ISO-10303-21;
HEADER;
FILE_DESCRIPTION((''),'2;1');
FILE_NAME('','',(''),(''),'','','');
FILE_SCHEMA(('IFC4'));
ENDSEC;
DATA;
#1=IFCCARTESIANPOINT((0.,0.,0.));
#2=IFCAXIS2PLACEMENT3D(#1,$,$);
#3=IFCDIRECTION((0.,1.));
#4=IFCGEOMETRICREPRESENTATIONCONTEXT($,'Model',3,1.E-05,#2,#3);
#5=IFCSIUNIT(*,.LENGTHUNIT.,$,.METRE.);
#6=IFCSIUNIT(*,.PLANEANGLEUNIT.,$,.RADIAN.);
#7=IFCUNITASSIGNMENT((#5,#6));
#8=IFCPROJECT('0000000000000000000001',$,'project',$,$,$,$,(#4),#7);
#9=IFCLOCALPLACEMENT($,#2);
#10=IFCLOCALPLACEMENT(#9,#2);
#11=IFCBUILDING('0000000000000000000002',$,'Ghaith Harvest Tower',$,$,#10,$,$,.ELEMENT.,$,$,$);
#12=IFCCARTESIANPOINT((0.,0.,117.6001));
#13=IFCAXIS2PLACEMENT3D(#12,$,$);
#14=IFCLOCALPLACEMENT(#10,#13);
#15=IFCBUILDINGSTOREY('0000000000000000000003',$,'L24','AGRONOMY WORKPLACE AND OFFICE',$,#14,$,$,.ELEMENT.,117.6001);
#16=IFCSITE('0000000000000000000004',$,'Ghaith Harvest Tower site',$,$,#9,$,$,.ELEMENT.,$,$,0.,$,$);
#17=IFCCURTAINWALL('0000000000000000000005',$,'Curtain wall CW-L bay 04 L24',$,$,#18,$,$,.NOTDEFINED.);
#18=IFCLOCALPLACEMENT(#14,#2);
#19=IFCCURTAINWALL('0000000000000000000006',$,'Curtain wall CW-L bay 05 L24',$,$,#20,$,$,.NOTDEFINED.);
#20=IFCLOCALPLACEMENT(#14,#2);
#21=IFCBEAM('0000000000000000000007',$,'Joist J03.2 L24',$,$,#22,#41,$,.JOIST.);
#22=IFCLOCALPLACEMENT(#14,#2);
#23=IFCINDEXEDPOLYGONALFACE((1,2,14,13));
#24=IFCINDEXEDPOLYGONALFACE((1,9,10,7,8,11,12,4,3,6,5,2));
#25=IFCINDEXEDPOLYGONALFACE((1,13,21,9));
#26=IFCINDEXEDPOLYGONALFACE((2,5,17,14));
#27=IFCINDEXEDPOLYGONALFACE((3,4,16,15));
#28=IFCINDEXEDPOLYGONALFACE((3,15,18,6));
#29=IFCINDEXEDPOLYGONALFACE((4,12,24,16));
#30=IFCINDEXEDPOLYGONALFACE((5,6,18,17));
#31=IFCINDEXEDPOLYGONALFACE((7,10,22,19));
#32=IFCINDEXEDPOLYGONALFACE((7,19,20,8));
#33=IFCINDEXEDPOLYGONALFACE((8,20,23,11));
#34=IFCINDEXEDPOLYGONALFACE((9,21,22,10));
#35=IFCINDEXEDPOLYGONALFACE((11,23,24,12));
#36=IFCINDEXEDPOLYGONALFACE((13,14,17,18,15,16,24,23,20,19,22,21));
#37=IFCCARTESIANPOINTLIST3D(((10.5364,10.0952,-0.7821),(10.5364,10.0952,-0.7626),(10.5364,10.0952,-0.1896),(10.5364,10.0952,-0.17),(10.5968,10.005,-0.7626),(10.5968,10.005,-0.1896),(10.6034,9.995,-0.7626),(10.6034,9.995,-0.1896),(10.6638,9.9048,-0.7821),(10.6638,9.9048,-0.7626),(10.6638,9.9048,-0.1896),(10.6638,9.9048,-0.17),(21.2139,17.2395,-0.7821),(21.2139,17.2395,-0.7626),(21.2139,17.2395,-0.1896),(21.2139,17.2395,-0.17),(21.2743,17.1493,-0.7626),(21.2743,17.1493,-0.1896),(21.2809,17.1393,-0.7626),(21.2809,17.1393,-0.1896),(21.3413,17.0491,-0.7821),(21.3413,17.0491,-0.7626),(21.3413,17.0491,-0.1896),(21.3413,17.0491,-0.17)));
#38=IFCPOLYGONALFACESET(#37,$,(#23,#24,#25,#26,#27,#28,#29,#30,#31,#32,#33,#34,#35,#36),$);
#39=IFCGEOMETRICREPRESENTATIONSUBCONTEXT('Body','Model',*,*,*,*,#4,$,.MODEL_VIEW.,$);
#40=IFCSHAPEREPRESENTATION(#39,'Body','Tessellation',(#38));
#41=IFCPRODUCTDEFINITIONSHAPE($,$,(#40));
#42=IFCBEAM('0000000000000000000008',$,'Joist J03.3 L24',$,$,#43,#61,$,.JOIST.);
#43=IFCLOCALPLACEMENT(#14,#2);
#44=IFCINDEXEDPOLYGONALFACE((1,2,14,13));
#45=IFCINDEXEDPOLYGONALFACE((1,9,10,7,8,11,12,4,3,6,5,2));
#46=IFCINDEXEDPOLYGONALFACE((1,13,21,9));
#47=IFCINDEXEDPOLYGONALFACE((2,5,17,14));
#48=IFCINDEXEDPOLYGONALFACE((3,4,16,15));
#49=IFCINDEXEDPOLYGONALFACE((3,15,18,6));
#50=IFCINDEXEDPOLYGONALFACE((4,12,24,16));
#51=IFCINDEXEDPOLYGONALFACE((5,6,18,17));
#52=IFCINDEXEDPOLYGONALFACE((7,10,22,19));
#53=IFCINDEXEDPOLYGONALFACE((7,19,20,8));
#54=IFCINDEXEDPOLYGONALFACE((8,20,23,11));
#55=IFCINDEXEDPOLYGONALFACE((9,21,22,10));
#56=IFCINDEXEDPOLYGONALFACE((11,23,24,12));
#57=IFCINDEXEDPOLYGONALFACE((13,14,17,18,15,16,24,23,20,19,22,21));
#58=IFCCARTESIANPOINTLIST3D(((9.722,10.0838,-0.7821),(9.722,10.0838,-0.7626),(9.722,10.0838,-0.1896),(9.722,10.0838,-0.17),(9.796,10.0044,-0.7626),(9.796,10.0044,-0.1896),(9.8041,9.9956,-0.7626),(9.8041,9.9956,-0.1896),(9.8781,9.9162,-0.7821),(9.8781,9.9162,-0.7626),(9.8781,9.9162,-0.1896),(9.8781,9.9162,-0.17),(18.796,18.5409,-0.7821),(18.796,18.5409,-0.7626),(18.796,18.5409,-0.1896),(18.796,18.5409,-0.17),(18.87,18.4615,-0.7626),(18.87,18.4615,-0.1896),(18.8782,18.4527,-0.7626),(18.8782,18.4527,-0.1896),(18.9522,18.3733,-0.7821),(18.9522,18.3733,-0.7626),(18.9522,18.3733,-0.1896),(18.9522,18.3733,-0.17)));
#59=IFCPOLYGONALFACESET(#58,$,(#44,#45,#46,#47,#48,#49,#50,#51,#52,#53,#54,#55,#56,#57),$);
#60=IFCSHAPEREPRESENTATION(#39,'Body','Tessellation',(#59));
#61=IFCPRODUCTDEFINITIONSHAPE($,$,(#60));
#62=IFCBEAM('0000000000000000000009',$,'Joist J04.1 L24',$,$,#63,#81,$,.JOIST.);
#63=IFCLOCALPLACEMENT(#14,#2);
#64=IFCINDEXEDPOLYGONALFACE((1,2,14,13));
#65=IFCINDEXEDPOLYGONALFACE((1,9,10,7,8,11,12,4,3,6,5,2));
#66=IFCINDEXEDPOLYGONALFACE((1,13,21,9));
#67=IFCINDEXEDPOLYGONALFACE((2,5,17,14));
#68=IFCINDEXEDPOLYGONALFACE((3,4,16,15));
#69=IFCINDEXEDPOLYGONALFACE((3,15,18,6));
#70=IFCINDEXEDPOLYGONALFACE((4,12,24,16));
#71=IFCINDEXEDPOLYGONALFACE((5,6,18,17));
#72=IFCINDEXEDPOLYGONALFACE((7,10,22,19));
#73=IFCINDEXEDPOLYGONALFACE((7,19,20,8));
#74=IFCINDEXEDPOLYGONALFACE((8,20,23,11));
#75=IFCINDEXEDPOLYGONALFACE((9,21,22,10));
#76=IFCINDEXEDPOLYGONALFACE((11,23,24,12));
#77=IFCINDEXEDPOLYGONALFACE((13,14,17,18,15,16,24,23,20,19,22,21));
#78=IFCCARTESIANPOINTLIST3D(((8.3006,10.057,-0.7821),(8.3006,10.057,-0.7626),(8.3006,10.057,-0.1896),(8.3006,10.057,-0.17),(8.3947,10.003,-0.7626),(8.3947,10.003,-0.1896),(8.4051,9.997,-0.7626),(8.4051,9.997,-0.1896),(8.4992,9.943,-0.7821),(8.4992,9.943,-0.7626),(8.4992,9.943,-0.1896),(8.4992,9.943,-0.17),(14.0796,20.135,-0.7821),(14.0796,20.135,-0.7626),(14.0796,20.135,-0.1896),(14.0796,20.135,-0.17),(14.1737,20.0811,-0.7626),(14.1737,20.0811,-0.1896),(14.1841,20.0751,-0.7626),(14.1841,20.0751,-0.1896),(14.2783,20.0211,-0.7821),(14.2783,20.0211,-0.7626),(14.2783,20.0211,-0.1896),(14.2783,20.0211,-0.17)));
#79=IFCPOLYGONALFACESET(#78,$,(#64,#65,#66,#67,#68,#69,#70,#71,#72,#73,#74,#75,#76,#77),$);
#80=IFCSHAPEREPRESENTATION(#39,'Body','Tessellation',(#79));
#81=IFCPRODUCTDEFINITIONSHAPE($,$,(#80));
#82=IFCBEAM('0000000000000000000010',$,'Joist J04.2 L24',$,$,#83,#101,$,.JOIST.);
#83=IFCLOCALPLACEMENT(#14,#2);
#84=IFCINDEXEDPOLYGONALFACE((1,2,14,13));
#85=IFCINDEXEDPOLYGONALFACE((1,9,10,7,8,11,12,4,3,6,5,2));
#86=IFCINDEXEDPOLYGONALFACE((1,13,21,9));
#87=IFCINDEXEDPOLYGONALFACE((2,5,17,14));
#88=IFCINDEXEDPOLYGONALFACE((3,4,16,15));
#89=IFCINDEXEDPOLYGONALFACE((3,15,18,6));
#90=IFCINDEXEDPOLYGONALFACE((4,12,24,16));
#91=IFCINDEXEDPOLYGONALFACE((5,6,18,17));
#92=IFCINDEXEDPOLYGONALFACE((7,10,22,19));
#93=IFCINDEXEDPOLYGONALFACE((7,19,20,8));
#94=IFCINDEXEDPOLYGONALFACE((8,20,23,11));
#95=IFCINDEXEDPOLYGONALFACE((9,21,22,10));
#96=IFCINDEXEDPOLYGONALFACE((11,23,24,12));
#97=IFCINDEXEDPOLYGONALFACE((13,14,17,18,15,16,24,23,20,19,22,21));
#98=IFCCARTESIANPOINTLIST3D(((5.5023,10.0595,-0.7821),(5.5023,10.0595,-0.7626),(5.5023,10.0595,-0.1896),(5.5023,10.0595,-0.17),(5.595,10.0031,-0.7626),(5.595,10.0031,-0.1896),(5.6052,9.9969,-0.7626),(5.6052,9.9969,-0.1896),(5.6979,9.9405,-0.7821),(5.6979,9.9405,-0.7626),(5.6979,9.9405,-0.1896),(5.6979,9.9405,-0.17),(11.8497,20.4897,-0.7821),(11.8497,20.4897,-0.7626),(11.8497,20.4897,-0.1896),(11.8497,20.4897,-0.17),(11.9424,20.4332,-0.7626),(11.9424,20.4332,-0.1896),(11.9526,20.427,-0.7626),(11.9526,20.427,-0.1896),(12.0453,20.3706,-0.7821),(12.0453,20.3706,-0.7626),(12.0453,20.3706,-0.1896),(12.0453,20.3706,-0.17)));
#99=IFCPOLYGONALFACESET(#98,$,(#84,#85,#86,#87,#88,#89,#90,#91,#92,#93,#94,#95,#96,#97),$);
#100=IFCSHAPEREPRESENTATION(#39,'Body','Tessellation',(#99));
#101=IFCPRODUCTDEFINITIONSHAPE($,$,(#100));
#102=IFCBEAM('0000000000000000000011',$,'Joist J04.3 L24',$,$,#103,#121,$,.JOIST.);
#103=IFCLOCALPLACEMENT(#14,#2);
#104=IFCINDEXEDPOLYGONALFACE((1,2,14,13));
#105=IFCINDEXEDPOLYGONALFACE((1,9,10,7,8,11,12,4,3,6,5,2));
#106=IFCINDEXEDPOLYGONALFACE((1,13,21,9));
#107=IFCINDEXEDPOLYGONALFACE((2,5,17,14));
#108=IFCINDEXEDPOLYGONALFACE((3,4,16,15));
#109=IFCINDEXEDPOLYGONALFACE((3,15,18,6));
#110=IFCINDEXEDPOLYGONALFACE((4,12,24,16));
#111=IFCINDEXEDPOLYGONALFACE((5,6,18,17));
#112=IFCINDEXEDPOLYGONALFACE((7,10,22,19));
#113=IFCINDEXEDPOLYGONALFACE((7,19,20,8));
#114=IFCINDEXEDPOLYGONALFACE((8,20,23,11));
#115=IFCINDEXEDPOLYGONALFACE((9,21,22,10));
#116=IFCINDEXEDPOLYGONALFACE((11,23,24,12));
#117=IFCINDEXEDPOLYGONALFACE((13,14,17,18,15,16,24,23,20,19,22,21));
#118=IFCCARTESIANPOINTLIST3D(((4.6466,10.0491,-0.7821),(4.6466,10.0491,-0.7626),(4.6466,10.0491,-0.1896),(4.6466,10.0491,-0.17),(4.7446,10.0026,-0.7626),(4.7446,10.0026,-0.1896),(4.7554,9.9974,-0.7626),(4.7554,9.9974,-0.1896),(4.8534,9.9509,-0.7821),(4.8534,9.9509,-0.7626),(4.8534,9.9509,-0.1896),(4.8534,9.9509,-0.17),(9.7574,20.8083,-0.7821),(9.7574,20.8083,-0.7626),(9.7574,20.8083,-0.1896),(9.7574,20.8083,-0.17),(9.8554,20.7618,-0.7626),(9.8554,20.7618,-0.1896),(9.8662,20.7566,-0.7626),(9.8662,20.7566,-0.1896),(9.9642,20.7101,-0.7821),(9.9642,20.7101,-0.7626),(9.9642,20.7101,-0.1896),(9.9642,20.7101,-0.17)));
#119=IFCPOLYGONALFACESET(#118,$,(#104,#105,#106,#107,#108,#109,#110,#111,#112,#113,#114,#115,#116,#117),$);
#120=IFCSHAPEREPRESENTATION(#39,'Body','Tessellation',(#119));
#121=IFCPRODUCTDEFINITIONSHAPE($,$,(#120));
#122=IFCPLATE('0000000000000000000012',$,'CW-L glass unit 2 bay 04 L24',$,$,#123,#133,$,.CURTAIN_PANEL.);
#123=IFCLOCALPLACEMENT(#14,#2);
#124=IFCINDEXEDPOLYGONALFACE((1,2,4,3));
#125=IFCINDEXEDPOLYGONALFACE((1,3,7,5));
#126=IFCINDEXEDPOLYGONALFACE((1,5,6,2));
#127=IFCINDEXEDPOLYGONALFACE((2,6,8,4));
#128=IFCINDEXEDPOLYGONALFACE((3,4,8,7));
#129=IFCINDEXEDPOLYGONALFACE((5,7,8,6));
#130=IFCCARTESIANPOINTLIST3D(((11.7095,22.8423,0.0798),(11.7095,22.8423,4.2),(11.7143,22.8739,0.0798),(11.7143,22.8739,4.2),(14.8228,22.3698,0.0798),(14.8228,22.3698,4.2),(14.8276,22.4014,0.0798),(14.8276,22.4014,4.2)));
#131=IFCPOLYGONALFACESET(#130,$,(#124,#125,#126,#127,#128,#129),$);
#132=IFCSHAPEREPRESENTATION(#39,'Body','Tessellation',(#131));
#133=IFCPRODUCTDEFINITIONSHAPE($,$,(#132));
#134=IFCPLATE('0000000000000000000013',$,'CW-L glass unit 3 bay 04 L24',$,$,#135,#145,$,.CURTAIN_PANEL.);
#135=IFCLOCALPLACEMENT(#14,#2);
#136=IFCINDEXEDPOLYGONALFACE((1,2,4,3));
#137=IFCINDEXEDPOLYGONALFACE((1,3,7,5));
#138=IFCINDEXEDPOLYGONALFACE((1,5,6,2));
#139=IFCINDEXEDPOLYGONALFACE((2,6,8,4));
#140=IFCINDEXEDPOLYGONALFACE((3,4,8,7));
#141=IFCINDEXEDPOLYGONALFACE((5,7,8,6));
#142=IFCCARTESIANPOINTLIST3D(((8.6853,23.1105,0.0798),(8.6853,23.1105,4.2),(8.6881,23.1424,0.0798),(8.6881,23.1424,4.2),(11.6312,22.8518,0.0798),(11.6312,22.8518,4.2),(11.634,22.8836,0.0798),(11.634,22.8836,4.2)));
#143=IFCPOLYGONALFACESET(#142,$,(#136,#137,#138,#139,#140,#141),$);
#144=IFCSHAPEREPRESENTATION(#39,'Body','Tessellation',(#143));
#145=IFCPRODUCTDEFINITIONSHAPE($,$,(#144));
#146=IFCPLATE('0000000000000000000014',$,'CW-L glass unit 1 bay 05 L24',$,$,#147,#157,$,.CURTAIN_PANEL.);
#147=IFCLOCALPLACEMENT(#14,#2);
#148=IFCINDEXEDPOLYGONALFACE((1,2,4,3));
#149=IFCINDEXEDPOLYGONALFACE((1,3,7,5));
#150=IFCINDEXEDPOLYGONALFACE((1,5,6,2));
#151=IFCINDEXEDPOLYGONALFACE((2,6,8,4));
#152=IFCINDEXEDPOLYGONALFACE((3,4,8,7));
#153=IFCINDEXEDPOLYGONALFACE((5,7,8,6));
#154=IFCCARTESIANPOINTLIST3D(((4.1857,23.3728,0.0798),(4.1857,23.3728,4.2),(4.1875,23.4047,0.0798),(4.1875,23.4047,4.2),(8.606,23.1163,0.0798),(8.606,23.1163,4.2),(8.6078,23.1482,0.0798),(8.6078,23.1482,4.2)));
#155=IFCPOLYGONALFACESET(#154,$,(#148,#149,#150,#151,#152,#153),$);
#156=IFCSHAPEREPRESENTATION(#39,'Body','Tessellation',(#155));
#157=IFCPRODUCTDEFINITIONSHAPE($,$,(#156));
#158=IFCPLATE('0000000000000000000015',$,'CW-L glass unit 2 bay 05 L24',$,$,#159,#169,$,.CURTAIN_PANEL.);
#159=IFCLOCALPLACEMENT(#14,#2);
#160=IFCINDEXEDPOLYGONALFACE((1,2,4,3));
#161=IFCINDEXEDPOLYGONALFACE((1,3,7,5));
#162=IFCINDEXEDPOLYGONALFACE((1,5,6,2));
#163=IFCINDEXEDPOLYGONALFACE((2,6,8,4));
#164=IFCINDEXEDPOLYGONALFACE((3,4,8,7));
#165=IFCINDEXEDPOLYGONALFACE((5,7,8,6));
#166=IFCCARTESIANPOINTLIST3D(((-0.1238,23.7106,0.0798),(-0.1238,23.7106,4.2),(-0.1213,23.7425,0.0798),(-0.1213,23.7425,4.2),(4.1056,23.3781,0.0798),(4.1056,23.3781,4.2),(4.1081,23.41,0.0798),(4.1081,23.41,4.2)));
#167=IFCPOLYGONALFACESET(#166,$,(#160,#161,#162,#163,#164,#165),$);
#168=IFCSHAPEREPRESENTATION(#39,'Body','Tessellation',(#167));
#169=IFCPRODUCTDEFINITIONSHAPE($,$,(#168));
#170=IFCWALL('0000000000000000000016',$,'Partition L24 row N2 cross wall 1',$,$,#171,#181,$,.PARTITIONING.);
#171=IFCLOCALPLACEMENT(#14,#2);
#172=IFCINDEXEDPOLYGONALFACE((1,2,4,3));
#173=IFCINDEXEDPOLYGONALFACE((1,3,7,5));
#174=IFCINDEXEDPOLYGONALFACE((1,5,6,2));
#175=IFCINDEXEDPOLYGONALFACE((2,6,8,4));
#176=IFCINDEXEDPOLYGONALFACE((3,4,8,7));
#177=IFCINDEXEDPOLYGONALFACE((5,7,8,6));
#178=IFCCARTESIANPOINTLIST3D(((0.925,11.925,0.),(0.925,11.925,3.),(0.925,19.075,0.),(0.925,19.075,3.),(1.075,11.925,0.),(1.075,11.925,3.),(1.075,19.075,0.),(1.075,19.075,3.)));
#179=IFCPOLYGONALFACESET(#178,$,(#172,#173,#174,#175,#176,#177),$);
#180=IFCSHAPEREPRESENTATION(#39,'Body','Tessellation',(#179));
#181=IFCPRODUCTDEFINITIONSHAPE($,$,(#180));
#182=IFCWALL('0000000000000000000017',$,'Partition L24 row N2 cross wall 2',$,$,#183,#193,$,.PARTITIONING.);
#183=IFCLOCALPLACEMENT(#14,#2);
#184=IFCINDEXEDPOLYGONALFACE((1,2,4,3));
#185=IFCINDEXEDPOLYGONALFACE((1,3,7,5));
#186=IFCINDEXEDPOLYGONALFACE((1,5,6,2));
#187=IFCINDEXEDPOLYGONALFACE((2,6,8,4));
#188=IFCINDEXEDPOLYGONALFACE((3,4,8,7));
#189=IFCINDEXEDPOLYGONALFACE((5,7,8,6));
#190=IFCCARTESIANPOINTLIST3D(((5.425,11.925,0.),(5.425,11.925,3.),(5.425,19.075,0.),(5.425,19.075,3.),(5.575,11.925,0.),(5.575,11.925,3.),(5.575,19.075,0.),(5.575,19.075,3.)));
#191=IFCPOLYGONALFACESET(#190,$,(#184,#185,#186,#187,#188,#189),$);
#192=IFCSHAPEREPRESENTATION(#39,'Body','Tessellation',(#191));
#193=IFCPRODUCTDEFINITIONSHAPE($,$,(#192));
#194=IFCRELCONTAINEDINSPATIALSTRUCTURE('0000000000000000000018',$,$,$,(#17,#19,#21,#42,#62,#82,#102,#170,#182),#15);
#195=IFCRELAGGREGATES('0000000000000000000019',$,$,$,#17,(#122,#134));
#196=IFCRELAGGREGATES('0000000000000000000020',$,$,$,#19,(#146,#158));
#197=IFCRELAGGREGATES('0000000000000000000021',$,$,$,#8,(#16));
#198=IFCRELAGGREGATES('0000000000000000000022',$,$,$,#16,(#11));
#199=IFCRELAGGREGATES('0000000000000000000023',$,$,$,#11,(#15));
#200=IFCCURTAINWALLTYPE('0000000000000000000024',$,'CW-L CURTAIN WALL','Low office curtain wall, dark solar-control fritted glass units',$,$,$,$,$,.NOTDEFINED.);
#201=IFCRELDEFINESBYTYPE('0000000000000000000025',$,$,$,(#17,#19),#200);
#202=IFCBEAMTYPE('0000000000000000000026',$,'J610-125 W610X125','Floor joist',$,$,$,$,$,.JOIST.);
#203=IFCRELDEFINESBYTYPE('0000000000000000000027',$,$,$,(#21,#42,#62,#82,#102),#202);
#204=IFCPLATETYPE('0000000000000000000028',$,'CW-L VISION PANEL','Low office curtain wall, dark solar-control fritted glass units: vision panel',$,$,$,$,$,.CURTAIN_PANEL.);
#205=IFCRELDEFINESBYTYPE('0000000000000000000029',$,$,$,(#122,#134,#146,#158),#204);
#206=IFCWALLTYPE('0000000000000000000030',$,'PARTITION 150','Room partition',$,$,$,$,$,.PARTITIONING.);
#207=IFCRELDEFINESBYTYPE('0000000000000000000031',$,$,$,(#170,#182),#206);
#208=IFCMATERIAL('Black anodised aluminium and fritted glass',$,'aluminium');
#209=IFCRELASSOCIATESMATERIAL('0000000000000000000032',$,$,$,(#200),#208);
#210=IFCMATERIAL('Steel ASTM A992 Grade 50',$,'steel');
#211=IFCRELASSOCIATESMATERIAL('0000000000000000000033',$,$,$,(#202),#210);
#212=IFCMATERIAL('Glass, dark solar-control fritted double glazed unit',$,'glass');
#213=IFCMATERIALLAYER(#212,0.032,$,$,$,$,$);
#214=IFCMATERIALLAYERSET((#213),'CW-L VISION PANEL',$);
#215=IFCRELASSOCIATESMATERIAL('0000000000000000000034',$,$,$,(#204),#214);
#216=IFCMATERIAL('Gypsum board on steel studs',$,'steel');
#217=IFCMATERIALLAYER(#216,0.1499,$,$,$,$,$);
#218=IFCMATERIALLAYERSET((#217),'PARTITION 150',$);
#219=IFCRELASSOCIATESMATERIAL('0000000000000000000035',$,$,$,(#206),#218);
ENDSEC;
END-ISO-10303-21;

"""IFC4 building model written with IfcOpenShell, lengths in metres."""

from ifc_helpers import new_model, si_unit, direction, frame, frame_2d, origin, origin_2d, place, context, subcontext, project, spatial, rectangle, i_section, extrude, material, layer, layer_set, material_profile, profile_set, type_object, element, aggregate, save


model = new_model("IFC4")

# Units and contexts
model_context = context("Model", 3, precision=1e-05, world=origin(), true_north=direction((0.0, 1.0)))
body_context = subcontext(model_context, "Body", "Model", "MODEL_VIEW")
ifc_project = project(units=[si_unit("LENGTHUNIT", "METRE"), si_unit("PLANEANGLEUNIT", "RADIAN")], contexts=[model_context])

# Site, building, storey
site_placement = place(None, origin())
site = spatial("IfcSite", under=ifc_project, at=site_placement, Name="Ghaith Harvest Tower site", CompositionType="ELEMENT", RefElevation=0.0)
building_placement = place(site_placement, origin())
building = spatial("IfcBuilding", under=site, at=building_placement, Name="Ghaith Harvest Tower", CompositionType="ELEMENT")
storey_placement = place(building_placement, frame((0.0, 0.0, 117.6001)))
storey = spatial("IfcBuildingStorey", under=building, at=storey_placement, Name="L24", Description="AGRONOMY WORKPLACE AND OFFICE", CompositionType="ELEMENT", Elevation=117.6001)

# Curtain wall
ifc_material_1 = material(Name="Black anodised aluminium and fritted glass", Category="aluminium")
curtain_wall_type = type_object("IfcCurtainWallType", Name="CW-L CURTAIN WALL", Description="Low office curtain wall, dark solar-control fritted glass units", PredefinedType="NOTDEFINED", material=ifc_material_1)
curtain_wall_1_placement = place(storey_placement, origin())
curtain_wall_1 = element("IfcCurtainWall", 1, at=curtain_wall_1_placement, inside=storey, type_object=curtain_wall_type, Name="Curtain wall CW-L bay 04 L24", PredefinedType="NOTDEFINED")

# Curtain wall
curtain_wall_2_placement = place(storey_placement, origin())
curtain_wall_2 = element("IfcCurtainWall", 2, at=curtain_wall_2_placement, inside=storey, type_object=curtain_wall_type, Name="Curtain wall CW-L bay 05 L24", PredefinedType="NOTDEFINED")

# Beams
ifc_material_2 = material(Name="Steel ASTM A992 Grade 50", Category="steel")
ifc_material_profile_1 = material_profile(ifc_material_2, i_section(OverallWidth=0.229, OverallDepth=0.6121, WebThickness=0.012, FlangeThickness=0.0195, at=origin_2d()), Name="W610X125")
ifc_profile_set_1 = profile_set([ifc_material_profile_1], Name="Steel ASTM A992 Grade 50")
beam_type_1 = type_object("IfcBeamType", Name="J610-125 W610X125", Description="Floor joist", PredefinedType="JOIST", material=ifc_profile_set_1)
beam_1_placement = place(storey_placement, frame((10.6001, 10.0, -0.4761), z_axis=(0.831116, 0.556098, 0.0), x_axis=(-0.556098, 0.831116, 0.0)))
element("IfcBeam", 3, at=beam_1_placement, inside=storey, type_object=beam_type_1, Name="Joist J03.2 L24", PredefinedType="JOIST", context=body_context, shape_type="SweptSolid", body=[
    extrude(i_section(OverallWidth=0.229, OverallDepth=0.6121, WebThickness=0.012, FlangeThickness=0.0195, at=origin_2d()), origin(), (0.0, 0.0, 1.0), 12.8472),
])
beam_2_placement = place(storey_placement, frame((9.8, 10.0, -0.4761), z_axis=(0.731538, 0.681801, 0.0), x_axis=(-0.681801, 0.731538, 0.0)))
element("IfcBeam", 4, at=beam_2_placement, inside=storey, type_object=beam_type_1, Name="Joist J03.3 L24", PredefinedType="JOIST", context=body_context, shape_type="SweptSolid", body=[
    extrude(i_section(OverallWidth=0.229, OverallDepth=0.6121, WebThickness=0.012, FlangeThickness=0.0195, at=origin_2d()), origin(), (0.0, 0.0, 1.0), 12.4041),
])
beam_3_placement = place(storey_placement, frame((8.3999, 10.0, -0.4761), z_axis=(0.497444, 0.867496, 0.0), x_axis=(-0.867496, 0.497444, 0.0)))
element("IfcBeam", 5, at=beam_3_placement, inside=storey, type_object=beam_type_1, Name="Joist J04.1 L24", PredefinedType="JOIST", context=body_context, shape_type="SweptSolid", body=[
    extrude(i_section(OverallWidth=0.229, OverallDepth=0.6121, WebThickness=0.012, FlangeThickness=0.0195, at=origin_2d()), origin(), (0.0, 0.0, 1.0), 11.6174),
])
beam_4_placement = place(storey_placement, frame((5.6001, 10.0, -0.4761), z_axis=(0.519864, 0.854249, 0.0), x_axis=(-0.854249, 0.519864, 0.0)))
element("IfcBeam", 6, at=beam_4_placement, inside=storey, type_object=beam_type_1, Name="Joist J04.2 L24", PredefinedType="JOIST", context=body_context, shape_type="SweptSolid", body=[
    extrude(i_section(OverallWidth=0.229, OverallDepth=0.6121, WebThickness=0.012, FlangeThickness=0.0195, at=origin_2d()), origin(), (0.0, 0.0, 1.0), 12.2097),
])
beam_5_placement = place(storey_placement, frame((4.75, 10.0, -0.4761), z_axis=(0.429069, 0.903272, 0.0), x_axis=(-0.903272, 0.429069, 0.0)))
element("IfcBeam", 7, at=beam_5_placement, inside=storey, type_object=beam_type_1, Name="Joist J04.3 L24", PredefinedType="JOIST", context=body_context, shape_type="SweptSolid", body=[
    extrude(i_section(OverallWidth=0.229, OverallDepth=0.6121, WebThickness=0.012, FlangeThickness=0.0195, at=origin_2d()), origin(), (0.0, 0.0, 1.0), 11.9114),
])

# Plates
ifc_material_3 = material(Name="Glass, dark solar-control fritted double glazed unit", Category="glass")
ifc_layer_1 = layer(ifc_material_3, 0.032)
ifc_layer_set_1 = layer_set([ifc_layer_1], Name="CW-L VISION PANEL")
plate_type = type_object("IfcPlateType", Name="CW-L VISION PANEL", Description="Low office curtain wall, dark solar-control fritted glass units: vision panel", PredefinedType="CURTAIN_PANEL", material=ifc_layer_set_1)
plate_1_placement = place(storey_placement, frame((13.2686, 22.6218, 0.0798), z_axis=(0.0, 0.0, 1.0), x_axis=(-0.988679, 0.150048, 0.0)))
plate_1 = element("IfcPlate", 8, at=plate_1_placement, type_object=plate_type, Name="CW-L glass unit 2 bay 04 L24", PredefinedType="CURTAIN_PANEL", context=body_context, shape_type="SweptSolid", body=[
    extrude(rectangle(XDim=3.1489, YDim=0.032, at=origin_2d()), origin(), (0.0, 0.0, 1.0), 4.1201),
])
plate_2_placement = place(storey_placement, frame((10.1597, 22.9971, 0.0798), z_axis=(0.0, 0.0, 1.0), x_axis=(-0.996166, 0.087481, 0.0)))
plate_2 = element("IfcPlate", 9, at=plate_2_placement, type_object=plate_type, Name="CW-L glass unit 3 bay 04 L24", PredefinedType="CURTAIN_PANEL", context=body_context, shape_type="SweptSolid", body=[
    extrude(rectangle(XDim=2.9573, YDim=0.032, at=origin_2d()), origin(), (0.0, 0.0, 1.0), 4.1201),
])
aggregate(curtain_wall_1, [plate_1, plate_2])
plate_3_placement = place(storey_placement, frame((6.3967, 23.2605, 0.0798), z_axis=(0.0, 0.0, 1.0), x_axis=(-0.998321, 0.057927, 0.0)))
plate_3 = element("IfcPlate", 10, at=plate_3_placement, type_object=plate_type, Name="CW-L glass unit 1 bay 05 L24", PredefinedType="CURTAIN_PANEL", context=body_context, shape_type="SweptSolid", body=[
    extrude(rectangle(XDim=4.4277, YDim=0.032, at=origin_2d()), origin(), (0.0, 0.0, 1.0), 4.1201),
])
plate_4_placement = place(storey_placement, frame((1.9922, 23.5603, 0.0798), z_axis=(0.0, 0.0, 1.0), x_axis=(-0.996925, 0.07836, 0.0)))
plate_4 = element("IfcPlate", 11, at=plate_4_placement, type_object=plate_type, Name="CW-L glass unit 2 bay 05 L24", PredefinedType="CURTAIN_PANEL", context=body_context, shape_type="SweptSolid", body=[
    extrude(rectangle(XDim=4.2424, YDim=0.032, at=origin_2d()), origin(), (0.0, 0.0, 1.0), 4.1201),
])
aggregate(curtain_wall_2, [plate_3, plate_4])

# Walls
ifc_material_4 = material(Name="Gypsum board on steel studs", Category="steel")
ifc_layer_2 = layer(ifc_material_4, 0.1499)
ifc_layer_set_2 = layer_set([ifc_layer_2], Name="PARTITION 150")
wall_type = type_object("IfcWallType", Name="PARTITION 150", Description="Room partition", PredefinedType="PARTITIONING", material=ifc_layer_set_2)
for number, where, z_axis, x_axis, name in (
    (12, (1.0, 11.925, 0.0), (0.0, 0.0, 1.0), (0.0, 1.0, 0.0), "Partition L24 row N2 cross wall 1"),
    (13, (5.5, 11.925, 0.0), (0.0, 0.0, 1.0), (0.0, 1.0, 0.0), "Partition L24 row N2 cross wall 2"),
):
    element("IfcWall", number, at=place(storey_placement, frame(where, z_axis=z_axis, x_axis=x_axis)), inside=storey, type_object=wall_type, Name=name, PredefinedType="PARTITIONING", context=body_context, shape_type="SweptSolid", body=[
        extrude(rectangle(XDim=7.1499, YDim=0.1499, at=frame_2d((3.575, 0.0))), origin(), (0.0, 0.0, 1.0), 3.0),
    ])

save(model, "model.ifc")
